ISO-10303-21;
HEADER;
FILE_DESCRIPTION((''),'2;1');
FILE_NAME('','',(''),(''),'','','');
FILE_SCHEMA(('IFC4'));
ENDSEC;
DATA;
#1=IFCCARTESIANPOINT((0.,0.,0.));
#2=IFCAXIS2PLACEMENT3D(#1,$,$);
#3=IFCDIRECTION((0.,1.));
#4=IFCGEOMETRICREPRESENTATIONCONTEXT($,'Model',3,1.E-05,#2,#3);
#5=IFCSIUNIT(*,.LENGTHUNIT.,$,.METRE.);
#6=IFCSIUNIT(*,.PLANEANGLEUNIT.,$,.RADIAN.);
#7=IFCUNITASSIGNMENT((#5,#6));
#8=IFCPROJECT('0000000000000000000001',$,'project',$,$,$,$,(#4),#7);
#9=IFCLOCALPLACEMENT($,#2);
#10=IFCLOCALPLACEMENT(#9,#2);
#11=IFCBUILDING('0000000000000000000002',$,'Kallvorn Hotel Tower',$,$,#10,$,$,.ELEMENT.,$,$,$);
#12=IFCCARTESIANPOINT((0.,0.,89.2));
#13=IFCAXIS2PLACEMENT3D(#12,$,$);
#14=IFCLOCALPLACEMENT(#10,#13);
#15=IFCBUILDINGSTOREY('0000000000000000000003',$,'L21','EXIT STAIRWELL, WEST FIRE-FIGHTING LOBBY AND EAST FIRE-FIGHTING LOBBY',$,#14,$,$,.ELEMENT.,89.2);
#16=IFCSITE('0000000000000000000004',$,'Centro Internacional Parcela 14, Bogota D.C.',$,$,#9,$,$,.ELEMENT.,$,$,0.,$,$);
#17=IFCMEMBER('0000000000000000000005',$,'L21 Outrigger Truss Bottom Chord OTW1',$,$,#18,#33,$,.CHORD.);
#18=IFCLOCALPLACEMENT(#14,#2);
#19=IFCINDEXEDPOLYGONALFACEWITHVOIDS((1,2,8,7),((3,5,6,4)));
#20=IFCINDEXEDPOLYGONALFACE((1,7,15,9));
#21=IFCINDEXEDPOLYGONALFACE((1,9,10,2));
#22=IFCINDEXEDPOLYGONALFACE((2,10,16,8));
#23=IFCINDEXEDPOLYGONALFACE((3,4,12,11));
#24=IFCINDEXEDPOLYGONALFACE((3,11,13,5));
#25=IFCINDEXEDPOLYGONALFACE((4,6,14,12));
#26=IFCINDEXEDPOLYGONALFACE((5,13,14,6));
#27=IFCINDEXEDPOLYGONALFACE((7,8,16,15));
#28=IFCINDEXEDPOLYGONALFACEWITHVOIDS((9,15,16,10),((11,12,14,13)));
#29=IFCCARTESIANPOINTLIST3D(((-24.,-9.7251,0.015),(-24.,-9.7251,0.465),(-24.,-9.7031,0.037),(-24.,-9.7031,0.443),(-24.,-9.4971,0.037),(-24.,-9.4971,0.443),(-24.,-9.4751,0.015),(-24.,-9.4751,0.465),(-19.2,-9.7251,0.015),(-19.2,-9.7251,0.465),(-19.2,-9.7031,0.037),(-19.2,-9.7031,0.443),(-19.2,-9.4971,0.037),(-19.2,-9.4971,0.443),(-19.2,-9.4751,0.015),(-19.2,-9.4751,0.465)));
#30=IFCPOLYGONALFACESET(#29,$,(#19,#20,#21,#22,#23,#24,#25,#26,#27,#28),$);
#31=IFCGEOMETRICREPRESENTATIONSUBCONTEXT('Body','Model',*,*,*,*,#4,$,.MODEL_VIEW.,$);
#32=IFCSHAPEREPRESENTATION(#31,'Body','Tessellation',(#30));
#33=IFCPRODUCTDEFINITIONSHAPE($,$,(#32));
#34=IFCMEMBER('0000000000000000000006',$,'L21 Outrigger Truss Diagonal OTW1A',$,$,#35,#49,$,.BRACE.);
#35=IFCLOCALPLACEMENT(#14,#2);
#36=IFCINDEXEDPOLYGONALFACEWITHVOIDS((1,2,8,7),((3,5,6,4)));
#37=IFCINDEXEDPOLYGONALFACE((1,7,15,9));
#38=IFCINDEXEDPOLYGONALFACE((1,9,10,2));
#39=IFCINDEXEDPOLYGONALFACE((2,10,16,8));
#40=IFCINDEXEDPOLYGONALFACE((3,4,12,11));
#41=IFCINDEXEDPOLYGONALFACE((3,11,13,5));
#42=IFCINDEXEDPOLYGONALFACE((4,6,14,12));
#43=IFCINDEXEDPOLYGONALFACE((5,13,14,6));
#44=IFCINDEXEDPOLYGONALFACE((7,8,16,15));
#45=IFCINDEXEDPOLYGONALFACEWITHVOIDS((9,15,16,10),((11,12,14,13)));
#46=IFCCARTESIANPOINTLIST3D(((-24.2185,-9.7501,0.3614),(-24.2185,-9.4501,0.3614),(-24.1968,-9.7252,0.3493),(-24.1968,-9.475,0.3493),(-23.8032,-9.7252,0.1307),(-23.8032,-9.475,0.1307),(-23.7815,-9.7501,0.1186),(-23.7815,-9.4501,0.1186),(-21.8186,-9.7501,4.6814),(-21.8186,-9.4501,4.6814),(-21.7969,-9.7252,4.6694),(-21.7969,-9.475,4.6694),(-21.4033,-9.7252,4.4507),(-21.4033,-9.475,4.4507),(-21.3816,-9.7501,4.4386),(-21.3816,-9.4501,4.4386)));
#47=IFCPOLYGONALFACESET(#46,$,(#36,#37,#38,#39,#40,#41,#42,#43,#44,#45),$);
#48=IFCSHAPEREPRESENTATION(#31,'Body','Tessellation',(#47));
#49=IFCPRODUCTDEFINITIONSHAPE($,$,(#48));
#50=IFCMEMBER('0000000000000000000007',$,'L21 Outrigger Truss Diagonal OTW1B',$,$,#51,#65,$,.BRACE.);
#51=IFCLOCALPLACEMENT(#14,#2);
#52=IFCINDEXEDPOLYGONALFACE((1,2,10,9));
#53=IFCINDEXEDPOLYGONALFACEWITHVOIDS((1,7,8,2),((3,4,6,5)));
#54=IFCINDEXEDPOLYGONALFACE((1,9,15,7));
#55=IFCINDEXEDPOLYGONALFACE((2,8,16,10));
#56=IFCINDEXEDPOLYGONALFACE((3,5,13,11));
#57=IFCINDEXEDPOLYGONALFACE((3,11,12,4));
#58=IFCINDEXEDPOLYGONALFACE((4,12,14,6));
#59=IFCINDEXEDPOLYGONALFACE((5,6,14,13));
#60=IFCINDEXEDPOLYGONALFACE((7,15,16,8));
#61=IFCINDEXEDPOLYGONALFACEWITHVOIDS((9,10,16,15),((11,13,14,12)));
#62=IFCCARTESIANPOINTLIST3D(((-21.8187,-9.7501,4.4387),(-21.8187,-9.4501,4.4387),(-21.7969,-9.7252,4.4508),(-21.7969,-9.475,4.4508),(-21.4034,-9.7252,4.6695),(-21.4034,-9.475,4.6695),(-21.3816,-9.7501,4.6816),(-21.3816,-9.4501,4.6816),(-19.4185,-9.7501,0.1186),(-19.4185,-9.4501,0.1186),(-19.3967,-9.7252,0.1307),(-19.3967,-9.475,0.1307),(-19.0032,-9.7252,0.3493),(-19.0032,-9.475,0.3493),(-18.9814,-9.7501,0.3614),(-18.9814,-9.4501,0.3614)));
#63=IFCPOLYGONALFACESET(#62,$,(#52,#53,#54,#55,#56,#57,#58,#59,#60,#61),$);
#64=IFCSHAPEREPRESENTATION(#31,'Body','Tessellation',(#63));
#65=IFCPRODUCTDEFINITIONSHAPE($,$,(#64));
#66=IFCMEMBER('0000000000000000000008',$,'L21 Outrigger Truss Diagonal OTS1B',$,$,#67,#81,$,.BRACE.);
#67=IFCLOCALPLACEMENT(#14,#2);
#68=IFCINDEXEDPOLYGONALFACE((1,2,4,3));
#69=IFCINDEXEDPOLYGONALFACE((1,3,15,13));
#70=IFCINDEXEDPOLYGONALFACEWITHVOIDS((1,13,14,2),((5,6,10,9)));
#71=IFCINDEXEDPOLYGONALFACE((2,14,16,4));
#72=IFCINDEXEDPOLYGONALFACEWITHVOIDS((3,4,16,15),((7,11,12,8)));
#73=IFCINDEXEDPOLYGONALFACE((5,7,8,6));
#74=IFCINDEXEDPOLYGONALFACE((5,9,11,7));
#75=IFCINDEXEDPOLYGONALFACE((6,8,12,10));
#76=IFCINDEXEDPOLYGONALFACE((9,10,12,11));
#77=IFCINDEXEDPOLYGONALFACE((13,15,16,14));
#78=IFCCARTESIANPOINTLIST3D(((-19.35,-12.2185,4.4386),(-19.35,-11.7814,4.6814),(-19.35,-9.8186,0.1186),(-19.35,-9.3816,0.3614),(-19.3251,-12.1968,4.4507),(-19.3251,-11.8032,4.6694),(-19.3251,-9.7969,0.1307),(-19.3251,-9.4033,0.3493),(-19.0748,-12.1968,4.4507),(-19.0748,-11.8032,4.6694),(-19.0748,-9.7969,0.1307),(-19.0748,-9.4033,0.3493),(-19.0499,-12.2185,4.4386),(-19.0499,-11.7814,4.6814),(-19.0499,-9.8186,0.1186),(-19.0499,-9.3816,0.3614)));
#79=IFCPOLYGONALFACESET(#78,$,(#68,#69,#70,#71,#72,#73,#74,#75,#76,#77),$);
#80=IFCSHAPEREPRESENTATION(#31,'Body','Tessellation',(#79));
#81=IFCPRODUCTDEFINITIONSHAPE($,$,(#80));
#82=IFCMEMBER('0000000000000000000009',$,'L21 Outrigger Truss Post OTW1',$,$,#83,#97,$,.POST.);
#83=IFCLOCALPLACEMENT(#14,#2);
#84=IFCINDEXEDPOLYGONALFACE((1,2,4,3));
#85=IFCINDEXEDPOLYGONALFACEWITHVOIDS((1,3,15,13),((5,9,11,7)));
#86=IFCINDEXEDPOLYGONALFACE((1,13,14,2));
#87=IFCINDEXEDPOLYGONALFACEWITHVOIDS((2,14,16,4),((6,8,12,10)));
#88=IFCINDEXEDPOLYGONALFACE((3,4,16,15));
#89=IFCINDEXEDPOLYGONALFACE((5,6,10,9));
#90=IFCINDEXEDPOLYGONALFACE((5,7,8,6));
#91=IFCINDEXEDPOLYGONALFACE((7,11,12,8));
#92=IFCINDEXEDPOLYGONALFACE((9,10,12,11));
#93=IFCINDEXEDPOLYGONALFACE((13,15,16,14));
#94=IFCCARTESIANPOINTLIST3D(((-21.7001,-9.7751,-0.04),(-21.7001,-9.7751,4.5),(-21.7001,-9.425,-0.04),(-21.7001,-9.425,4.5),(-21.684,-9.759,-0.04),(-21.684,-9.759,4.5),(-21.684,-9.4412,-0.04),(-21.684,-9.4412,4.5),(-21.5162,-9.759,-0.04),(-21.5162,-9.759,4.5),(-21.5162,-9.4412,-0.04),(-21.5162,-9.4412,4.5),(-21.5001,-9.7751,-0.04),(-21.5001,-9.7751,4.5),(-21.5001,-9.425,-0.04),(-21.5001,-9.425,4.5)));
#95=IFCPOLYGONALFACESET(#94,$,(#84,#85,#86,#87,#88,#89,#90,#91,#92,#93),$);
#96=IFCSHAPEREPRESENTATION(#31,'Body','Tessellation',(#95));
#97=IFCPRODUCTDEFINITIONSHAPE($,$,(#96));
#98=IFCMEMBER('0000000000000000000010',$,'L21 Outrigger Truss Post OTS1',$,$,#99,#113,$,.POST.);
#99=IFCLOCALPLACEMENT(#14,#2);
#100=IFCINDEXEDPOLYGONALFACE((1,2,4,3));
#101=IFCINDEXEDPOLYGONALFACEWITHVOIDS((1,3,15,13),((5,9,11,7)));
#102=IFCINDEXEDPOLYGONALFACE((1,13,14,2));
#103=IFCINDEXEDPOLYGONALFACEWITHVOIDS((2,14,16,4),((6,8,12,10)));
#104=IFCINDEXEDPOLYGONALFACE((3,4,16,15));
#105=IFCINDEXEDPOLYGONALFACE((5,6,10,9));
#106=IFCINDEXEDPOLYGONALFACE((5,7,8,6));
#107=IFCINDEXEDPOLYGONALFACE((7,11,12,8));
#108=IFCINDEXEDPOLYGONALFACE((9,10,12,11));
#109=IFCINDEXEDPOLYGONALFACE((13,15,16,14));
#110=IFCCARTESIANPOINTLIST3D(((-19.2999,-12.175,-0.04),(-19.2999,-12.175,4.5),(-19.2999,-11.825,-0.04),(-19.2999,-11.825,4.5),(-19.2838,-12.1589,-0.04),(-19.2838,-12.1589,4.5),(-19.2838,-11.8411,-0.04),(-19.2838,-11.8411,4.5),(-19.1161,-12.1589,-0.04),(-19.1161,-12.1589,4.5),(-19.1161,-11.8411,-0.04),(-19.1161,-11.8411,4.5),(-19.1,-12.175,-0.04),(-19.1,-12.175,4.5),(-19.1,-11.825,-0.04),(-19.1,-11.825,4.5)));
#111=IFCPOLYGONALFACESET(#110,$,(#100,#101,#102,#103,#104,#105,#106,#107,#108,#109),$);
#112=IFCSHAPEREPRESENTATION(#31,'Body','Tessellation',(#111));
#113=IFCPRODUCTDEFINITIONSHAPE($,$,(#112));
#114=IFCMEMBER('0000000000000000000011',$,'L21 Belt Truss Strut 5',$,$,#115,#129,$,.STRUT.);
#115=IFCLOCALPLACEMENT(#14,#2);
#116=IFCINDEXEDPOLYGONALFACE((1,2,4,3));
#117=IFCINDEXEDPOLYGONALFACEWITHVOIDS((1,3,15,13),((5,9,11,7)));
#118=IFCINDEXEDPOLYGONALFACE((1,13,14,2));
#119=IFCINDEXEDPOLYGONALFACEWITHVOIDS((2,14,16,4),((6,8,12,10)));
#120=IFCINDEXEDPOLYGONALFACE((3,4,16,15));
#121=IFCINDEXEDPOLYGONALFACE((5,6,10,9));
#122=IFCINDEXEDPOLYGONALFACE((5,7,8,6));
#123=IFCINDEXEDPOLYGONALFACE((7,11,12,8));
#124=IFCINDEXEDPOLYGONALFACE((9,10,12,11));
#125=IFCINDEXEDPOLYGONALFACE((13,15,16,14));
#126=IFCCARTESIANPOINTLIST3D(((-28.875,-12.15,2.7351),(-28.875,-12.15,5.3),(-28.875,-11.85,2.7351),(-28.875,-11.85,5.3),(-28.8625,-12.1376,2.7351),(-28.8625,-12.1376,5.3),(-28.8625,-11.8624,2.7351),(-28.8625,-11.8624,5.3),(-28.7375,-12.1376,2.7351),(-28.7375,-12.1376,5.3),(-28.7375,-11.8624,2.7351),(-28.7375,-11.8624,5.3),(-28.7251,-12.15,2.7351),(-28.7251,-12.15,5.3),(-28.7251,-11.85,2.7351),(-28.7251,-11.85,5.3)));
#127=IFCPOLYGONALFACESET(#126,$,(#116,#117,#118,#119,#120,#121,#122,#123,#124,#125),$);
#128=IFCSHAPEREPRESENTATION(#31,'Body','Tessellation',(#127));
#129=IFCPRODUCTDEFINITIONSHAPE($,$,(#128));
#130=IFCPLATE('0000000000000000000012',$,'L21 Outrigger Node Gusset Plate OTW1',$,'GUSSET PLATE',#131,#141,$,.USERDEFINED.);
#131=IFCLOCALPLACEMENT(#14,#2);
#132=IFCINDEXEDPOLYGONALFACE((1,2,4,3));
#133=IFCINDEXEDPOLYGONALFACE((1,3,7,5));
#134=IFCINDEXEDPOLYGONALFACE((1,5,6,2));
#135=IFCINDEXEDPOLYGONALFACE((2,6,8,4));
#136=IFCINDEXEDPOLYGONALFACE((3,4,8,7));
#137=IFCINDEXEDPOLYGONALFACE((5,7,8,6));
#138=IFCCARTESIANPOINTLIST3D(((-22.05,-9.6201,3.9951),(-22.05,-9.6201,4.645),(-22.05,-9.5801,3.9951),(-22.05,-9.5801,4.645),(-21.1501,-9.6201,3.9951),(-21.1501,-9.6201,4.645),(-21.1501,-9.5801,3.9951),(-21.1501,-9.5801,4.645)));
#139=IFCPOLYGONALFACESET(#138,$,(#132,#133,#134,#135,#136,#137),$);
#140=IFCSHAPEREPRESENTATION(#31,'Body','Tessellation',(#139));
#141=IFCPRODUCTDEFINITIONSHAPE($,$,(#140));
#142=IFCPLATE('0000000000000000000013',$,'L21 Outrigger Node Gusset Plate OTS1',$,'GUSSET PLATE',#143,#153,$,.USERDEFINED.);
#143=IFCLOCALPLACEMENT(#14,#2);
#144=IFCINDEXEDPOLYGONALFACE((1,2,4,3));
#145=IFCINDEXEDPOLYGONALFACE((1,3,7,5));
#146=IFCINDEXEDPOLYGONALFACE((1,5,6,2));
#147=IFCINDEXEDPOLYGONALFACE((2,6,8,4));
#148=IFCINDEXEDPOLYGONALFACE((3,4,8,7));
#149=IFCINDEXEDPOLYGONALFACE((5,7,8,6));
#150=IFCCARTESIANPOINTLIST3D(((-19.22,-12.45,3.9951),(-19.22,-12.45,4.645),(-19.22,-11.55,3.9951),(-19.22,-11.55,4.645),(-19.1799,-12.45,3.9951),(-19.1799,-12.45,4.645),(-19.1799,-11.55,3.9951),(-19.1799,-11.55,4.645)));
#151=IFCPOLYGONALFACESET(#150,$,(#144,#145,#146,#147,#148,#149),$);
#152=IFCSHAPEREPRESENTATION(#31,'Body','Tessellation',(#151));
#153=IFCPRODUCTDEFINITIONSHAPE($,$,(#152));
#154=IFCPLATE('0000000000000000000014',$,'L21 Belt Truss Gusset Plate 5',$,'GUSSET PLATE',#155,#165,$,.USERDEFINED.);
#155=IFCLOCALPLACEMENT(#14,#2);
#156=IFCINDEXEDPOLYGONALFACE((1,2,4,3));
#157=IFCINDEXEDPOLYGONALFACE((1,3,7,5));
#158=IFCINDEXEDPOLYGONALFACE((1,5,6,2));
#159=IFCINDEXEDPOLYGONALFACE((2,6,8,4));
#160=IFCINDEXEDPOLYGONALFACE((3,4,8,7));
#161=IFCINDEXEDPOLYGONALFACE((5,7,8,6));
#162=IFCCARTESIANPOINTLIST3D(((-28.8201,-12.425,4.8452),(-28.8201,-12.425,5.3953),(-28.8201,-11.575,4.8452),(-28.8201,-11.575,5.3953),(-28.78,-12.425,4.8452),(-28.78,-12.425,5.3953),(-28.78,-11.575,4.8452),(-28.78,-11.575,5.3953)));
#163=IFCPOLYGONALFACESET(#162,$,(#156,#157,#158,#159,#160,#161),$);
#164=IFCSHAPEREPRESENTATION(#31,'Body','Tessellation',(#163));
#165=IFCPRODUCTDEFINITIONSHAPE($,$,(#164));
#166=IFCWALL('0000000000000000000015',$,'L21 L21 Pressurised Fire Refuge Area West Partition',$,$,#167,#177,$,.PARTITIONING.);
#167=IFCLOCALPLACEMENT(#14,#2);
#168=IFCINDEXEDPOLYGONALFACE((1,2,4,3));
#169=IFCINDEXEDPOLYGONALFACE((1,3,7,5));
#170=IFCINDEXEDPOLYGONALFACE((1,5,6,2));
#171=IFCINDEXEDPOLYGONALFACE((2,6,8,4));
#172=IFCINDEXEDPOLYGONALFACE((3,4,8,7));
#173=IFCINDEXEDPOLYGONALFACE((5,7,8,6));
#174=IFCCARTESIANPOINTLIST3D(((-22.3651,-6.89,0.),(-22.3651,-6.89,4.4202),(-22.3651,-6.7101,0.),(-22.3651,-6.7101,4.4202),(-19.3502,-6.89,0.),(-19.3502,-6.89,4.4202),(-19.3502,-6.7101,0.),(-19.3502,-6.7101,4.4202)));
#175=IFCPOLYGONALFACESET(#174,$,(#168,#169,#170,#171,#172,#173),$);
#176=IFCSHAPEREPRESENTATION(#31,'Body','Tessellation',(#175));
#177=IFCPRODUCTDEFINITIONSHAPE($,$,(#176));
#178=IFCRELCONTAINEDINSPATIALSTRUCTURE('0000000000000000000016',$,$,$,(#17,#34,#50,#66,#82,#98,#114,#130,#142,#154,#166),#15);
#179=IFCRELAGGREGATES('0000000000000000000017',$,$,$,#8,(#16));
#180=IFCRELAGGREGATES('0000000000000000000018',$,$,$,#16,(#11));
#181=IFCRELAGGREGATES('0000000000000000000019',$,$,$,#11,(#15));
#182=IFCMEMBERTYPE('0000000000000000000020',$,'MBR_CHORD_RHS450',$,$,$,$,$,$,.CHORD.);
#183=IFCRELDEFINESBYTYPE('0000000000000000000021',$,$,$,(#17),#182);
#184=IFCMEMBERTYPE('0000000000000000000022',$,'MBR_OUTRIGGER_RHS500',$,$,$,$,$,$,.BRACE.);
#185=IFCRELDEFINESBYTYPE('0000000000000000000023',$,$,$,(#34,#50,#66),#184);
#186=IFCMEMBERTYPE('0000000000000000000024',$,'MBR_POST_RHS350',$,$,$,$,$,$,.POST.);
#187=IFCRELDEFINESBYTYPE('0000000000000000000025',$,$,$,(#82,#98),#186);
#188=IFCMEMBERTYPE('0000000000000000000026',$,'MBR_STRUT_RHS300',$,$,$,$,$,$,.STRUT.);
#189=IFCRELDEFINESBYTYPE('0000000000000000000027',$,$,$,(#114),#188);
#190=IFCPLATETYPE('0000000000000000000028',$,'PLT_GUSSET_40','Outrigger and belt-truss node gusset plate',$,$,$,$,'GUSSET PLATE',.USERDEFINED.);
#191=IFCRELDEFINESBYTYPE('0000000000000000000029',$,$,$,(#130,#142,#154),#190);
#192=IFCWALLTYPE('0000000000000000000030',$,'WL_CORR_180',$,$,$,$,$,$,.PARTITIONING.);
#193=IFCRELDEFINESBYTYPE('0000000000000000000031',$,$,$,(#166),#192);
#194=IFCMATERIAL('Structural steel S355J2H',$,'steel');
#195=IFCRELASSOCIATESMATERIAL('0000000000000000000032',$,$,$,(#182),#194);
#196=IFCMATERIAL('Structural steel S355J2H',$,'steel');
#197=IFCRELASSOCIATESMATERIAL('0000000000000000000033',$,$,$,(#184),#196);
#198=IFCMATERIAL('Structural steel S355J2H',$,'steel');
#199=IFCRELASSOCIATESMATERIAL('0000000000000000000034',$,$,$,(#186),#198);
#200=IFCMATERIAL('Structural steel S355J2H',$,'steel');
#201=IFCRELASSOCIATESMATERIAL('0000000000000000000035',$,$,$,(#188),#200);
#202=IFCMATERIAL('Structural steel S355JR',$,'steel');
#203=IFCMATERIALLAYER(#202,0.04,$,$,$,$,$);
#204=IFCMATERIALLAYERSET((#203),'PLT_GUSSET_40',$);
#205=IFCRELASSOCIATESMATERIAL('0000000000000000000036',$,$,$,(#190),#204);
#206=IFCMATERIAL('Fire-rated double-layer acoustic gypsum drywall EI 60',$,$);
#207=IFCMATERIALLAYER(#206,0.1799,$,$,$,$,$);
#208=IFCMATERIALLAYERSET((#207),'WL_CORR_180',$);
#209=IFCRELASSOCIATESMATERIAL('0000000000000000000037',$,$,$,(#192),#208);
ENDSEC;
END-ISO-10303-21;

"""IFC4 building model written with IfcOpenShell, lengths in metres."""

from ifc_helpers import new_model, si_unit, direction, frame, frame_2d, origin, origin_2d, place, context, subcontext, project, spatial, rectangle, hollow_rectangle, extrude, material, layer, layer_set, material_profile, profile_set, type_object, element, save


model = new_model("IFC4")

# Units and contexts
model_context = context("Model", 3, precision=1e-05, world=origin(), true_north=direction((0.0, 1.0)))
body_context = subcontext(model_context, "Body", "Model", "MODEL_VIEW")
ifc_project = project(units=[si_unit("LENGTHUNIT", "METRE"), si_unit("PLANEANGLEUNIT", "RADIAN")], contexts=[model_context])

# Site, building, storey
site_placement = place(None, origin())
site = spatial("IfcSite", under=ifc_project, at=site_placement, Name="Centro Internacional Parcela 14, Bogota D.C.", CompositionType="ELEMENT", RefElevation=0.0)
building_placement = place(site_placement, origin())
building = spatial("IfcBuilding", under=site, at=building_placement, Name="Kallvorn Hotel Tower", CompositionType="ELEMENT")
storey_placement = place(building_placement, frame((0.0, 0.0, 89.2)))
storey = spatial("IfcBuildingStorey", under=building, at=storey_placement, Name="L21", Description="EXIT STAIRWELL, WEST FIRE-FIGHTING LOBBY AND EAST FIRE-FIGHTING LOBBY", CompositionType="ELEMENT", Elevation=89.2)

# Members
ifc_material_1 = material(Name="Structural steel S355J2H", Category="steel")
ifc_material_profile_1 = material_profile(ifc_material_1, hollow_rectangle(XDim=0.25, YDim=0.45, WallThickness=0.022, at=origin_2d()), Name="RHS 450x250x22")
ifc_profile_set_1 = profile_set([ifc_material_profile_1], Name="Structural steel S355J2H")
member_type_1 = type_object("IfcMemberType", Name="MBR_CHORD_RHS450", PredefinedType="CHORD", material=ifc_profile_set_1)
member_1_placement = place(storey_placement, frame((-24.0, -9.6001, 0.24), z_axis=(1.0, 0.0, 0.0), x_axis=(0.0, 1.0, 0.0)))
element("IfcMember", 1, at=member_1_placement, inside=storey, type_object=member_type_1, Name="L21 Outrigger Truss Bottom Chord OTW1", PredefinedType="CHORD", context=body_context, shape_type="SweptSolid", body=[
    extrude(hollow_rectangle(XDim=0.25, YDim=0.45, WallThickness=0.022, at=origin_2d()), origin(), (0.0, 0.0, 1.0), 4.8),
])
ifc_material_2 = material(Name="Structural steel S355J2H", Category="steel")
ifc_material_profile_2 = material_profile(ifc_material_2, hollow_rectangle(XDim=0.3, YDim=0.5, WallThickness=0.0249, at=origin_2d()), Name="RHS 500x300x25")
ifc_profile_set_2 = profile_set([ifc_material_profile_2], Name="Structural steel S355J2H")
member_type_2 = type_object("IfcMemberType", Name="MBR_OUTRIGGER_RHS500", PredefinedType="BRACE", material=ifc_profile_set_2)
member_2_placement = place(storey_placement, frame((-24.0, -9.6001, 0.24), z_axis=(0.485622, 0.0, 0.874169), x_axis=(0.0, 1.0, 0.0)))
element("IfcMember", 2, at=member_2_placement, inside=storey, type_object=member_type_2, Name="L21 Outrigger Truss Diagonal OTW1A", PredefinedType="BRACE", context=body_context, shape_type="SweptSolid", body=[
    extrude(hollow_rectangle(XDim=0.3, YDim=0.5, WallThickness=0.0249, at=origin_2d()), origin(), (0.0, 0.0, 1.0), 4.9419),
])
member_3_placement = place(storey_placement, frame((-19.2, -9.6001, 0.24), z_axis=(-0.48566, 0.0, 0.874148), x_axis=(0.0, -1.0, 0.0)))
element("IfcMember", 3, at=member_3_placement, inside=storey, type_object=member_type_2, Name="L21 Outrigger Truss Diagonal OTW1B", PredefinedType="BRACE", context=body_context, shape_type="SweptSolid", body=[
    extrude(hollow_rectangle(XDim=0.3, YDim=0.5, WallThickness=0.0249, at=origin_2d()), origin(), (0.0, 0.0, 1.0), 4.9421),
])
member_4_placement = place(storey_placement, frame((-19.2, -9.6001, 0.24), z_axis=(0.0, -0.485622, 0.874169), x_axis=(1.0, 0.0, 0.0)))
element("IfcMember", 4, at=member_4_placement, inside=storey, type_object=member_type_2, Name="L21 Outrigger Truss Diagonal OTS1B", PredefinedType="BRACE", context=body_context, shape_type="SweptSolid", body=[
    extrude(hollow_rectangle(XDim=0.3, YDim=0.5, WallThickness=0.0249, at=origin_2d()), origin(), (0.0, 0.0, 1.0), 4.9419),
])
ifc_material_3 = material(Name="Structural steel S355J2H", Category="steel")
ifc_material_profile_3 = material_profile(ifc_material_3, hollow_rectangle(XDim=0.2, YDim=0.3501, WallThickness=0.0161, at=origin_2d()), Name="RHS 350x200x16")
ifc_profile_set_3 = profile_set([ifc_material_profile_3], Name="Structural steel S355J2H")
member_type_3 = type_object("IfcMemberType", Name="MBR_POST_RHS350", PredefinedType="POST", material=ifc_profile_set_3)
for number, where, z_axis, x_axis, name in (
    (5, (-21.6001, -9.6001, -0.04), (0.0, 0.0, 1.0), (1.0, 0.0, 0.0), "L21 Outrigger Truss Post OTW1"),
    (6, (-19.2, -12.0, -0.04), (0.0, 0.0, 1.0), (1.0, 0.0, 0.0), "L21 Outrigger Truss Post OTS1"),
):
    element("IfcMember", number, at=place(storey_placement, frame(where, z_axis=z_axis, x_axis=x_axis)), inside=storey, type_object=member_type_3, Name=name, PredefinedType="POST", context=body_context, shape_type="SweptSolid", body=[
        extrude(hollow_rectangle(XDim=0.2, YDim=0.3501, WallThickness=0.0161, at=origin_2d()), origin(), (0.0, 0.0, 1.0), 4.54),
    ])
ifc_material_4 = material(Name="Structural steel S355J2H", Category="steel")
ifc_material_profile_4 = material_profile(ifc_material_4, hollow_rectangle(XDim=0.1499, YDim=0.3, WallThickness=0.0125, at=origin_2d()), Name="RHS 300x150x12.5")
ifc_profile_set_4 = profile_set([ifc_material_profile_4], Name="Structural steel S355J2H")
member_type_4 = type_object("IfcMemberType", Name="MBR_STRUT_RHS300", PredefinedType="STRUT", material=ifc_profile_set_4)
member_5_placement = place(storey_placement, frame((-28.8, -12.0, 2.7351), z_axis=(0.0, 0.0, 1.0), x_axis=(1.0, 0.0, 0.0)))
element("IfcMember", 7, at=member_5_placement, inside=storey, type_object=member_type_4, Name="L21 Belt Truss Strut 5", PredefinedType="STRUT", context=body_context, shape_type="SweptSolid", body=[
    extrude(hollow_rectangle(XDim=0.1499, YDim=0.3, WallThickness=0.0125, at=origin_2d()), origin(), (0.0, 0.0, 1.0), 2.5649),
])

# Plates
ifc_material_5 = material(Name="Structural steel S355JR", Category="steel")
ifc_layer_1 = layer(ifc_material_5, 0.04)
ifc_layer_set_1 = layer_set([ifc_layer_1], Name="PLT_GUSSET_40")
plate_type = type_object("IfcPlateType", Name="PLT_GUSSET_40", Description="Outrigger and belt-truss node gusset plate", ElementType="GUSSET PLATE", PredefinedType="USERDEFINED", material=ifc_layer_set_1)
for number, where, z_axis, x_axis, name in (
    (8, (-21.6001, -9.6001, 3.9951), (0.0, 0.0, 1.0), (1.0, 0.0, 0.0), "L21 Outrigger Node Gusset Plate OTW1"),
    (9, (-19.2, -12.0, 3.9951), (0.0, 0.0, 1.0), (0.0, 1.0, 0.0), "L21 Outrigger Node Gusset Plate OTS1"),
):
    element("IfcPlate", number, at=place(storey_placement, frame(where, z_axis=z_axis, x_axis=x_axis)), inside=storey, type_object=plate_type, Name=name, ObjectType="GUSSET PLATE", PredefinedType="USERDEFINED", context=body_context, shape_type="SweptSolid", body=[
        extrude(rectangle(XDim=0.8999, YDim=0.04, at=origin_2d()), origin(), (0.0, 0.0, 1.0), 0.6499),
    ])
plate_placement = place(storey_placement, frame((-28.8, -12.0, 4.8452), z_axis=(0.0, 0.0, 1.0), x_axis=(0.0, 1.0, 0.0)))
element("IfcPlate", 10, at=plate_placement, inside=storey, type_object=plate_type, Name="L21 Belt Truss Gusset Plate 5", ObjectType="GUSSET PLATE", PredefinedType="USERDEFINED", context=body_context, shape_type="SweptSolid", body=[
    extrude(rectangle(XDim=0.8501, YDim=0.04, at=origin_2d()), origin(), (0.0, 0.0, 1.0), 0.55),
])

# Wall
ifc_material_6 = material(Name="Fire-rated double-layer acoustic gypsum drywall EI 60")
ifc_layer_2 = layer(ifc_material_6, 0.1799)
ifc_layer_set_2 = layer_set([ifc_layer_2], Name="WL_CORR_180")
wall_type = type_object("IfcWallType", Name="WL_CORR_180", PredefinedType="PARTITIONING", material=ifc_layer_set_2)
wall_1_placement = place(storey_placement, frame((-22.365, -6.8, 0.0), z_axis=(0.0, 0.0, 1.0), x_axis=(1.0, 0.0, 0.0)))
element("IfcWall", 11, at=wall_1_placement, inside=storey, type_object=wall_type, Name="L21 L21 Pressurised Fire Refuge Area West Partition", PredefinedType="PARTITIONING", context=body_context, shape_type="SweptSolid", body=[
    extrude(rectangle(XDim=3.0149, YDim=0.1799, at=frame_2d((1.5073, 0.0))), origin(), (0.0, 0.0, 1.0), 4.4202),
])

save(model, "model.ifc")
